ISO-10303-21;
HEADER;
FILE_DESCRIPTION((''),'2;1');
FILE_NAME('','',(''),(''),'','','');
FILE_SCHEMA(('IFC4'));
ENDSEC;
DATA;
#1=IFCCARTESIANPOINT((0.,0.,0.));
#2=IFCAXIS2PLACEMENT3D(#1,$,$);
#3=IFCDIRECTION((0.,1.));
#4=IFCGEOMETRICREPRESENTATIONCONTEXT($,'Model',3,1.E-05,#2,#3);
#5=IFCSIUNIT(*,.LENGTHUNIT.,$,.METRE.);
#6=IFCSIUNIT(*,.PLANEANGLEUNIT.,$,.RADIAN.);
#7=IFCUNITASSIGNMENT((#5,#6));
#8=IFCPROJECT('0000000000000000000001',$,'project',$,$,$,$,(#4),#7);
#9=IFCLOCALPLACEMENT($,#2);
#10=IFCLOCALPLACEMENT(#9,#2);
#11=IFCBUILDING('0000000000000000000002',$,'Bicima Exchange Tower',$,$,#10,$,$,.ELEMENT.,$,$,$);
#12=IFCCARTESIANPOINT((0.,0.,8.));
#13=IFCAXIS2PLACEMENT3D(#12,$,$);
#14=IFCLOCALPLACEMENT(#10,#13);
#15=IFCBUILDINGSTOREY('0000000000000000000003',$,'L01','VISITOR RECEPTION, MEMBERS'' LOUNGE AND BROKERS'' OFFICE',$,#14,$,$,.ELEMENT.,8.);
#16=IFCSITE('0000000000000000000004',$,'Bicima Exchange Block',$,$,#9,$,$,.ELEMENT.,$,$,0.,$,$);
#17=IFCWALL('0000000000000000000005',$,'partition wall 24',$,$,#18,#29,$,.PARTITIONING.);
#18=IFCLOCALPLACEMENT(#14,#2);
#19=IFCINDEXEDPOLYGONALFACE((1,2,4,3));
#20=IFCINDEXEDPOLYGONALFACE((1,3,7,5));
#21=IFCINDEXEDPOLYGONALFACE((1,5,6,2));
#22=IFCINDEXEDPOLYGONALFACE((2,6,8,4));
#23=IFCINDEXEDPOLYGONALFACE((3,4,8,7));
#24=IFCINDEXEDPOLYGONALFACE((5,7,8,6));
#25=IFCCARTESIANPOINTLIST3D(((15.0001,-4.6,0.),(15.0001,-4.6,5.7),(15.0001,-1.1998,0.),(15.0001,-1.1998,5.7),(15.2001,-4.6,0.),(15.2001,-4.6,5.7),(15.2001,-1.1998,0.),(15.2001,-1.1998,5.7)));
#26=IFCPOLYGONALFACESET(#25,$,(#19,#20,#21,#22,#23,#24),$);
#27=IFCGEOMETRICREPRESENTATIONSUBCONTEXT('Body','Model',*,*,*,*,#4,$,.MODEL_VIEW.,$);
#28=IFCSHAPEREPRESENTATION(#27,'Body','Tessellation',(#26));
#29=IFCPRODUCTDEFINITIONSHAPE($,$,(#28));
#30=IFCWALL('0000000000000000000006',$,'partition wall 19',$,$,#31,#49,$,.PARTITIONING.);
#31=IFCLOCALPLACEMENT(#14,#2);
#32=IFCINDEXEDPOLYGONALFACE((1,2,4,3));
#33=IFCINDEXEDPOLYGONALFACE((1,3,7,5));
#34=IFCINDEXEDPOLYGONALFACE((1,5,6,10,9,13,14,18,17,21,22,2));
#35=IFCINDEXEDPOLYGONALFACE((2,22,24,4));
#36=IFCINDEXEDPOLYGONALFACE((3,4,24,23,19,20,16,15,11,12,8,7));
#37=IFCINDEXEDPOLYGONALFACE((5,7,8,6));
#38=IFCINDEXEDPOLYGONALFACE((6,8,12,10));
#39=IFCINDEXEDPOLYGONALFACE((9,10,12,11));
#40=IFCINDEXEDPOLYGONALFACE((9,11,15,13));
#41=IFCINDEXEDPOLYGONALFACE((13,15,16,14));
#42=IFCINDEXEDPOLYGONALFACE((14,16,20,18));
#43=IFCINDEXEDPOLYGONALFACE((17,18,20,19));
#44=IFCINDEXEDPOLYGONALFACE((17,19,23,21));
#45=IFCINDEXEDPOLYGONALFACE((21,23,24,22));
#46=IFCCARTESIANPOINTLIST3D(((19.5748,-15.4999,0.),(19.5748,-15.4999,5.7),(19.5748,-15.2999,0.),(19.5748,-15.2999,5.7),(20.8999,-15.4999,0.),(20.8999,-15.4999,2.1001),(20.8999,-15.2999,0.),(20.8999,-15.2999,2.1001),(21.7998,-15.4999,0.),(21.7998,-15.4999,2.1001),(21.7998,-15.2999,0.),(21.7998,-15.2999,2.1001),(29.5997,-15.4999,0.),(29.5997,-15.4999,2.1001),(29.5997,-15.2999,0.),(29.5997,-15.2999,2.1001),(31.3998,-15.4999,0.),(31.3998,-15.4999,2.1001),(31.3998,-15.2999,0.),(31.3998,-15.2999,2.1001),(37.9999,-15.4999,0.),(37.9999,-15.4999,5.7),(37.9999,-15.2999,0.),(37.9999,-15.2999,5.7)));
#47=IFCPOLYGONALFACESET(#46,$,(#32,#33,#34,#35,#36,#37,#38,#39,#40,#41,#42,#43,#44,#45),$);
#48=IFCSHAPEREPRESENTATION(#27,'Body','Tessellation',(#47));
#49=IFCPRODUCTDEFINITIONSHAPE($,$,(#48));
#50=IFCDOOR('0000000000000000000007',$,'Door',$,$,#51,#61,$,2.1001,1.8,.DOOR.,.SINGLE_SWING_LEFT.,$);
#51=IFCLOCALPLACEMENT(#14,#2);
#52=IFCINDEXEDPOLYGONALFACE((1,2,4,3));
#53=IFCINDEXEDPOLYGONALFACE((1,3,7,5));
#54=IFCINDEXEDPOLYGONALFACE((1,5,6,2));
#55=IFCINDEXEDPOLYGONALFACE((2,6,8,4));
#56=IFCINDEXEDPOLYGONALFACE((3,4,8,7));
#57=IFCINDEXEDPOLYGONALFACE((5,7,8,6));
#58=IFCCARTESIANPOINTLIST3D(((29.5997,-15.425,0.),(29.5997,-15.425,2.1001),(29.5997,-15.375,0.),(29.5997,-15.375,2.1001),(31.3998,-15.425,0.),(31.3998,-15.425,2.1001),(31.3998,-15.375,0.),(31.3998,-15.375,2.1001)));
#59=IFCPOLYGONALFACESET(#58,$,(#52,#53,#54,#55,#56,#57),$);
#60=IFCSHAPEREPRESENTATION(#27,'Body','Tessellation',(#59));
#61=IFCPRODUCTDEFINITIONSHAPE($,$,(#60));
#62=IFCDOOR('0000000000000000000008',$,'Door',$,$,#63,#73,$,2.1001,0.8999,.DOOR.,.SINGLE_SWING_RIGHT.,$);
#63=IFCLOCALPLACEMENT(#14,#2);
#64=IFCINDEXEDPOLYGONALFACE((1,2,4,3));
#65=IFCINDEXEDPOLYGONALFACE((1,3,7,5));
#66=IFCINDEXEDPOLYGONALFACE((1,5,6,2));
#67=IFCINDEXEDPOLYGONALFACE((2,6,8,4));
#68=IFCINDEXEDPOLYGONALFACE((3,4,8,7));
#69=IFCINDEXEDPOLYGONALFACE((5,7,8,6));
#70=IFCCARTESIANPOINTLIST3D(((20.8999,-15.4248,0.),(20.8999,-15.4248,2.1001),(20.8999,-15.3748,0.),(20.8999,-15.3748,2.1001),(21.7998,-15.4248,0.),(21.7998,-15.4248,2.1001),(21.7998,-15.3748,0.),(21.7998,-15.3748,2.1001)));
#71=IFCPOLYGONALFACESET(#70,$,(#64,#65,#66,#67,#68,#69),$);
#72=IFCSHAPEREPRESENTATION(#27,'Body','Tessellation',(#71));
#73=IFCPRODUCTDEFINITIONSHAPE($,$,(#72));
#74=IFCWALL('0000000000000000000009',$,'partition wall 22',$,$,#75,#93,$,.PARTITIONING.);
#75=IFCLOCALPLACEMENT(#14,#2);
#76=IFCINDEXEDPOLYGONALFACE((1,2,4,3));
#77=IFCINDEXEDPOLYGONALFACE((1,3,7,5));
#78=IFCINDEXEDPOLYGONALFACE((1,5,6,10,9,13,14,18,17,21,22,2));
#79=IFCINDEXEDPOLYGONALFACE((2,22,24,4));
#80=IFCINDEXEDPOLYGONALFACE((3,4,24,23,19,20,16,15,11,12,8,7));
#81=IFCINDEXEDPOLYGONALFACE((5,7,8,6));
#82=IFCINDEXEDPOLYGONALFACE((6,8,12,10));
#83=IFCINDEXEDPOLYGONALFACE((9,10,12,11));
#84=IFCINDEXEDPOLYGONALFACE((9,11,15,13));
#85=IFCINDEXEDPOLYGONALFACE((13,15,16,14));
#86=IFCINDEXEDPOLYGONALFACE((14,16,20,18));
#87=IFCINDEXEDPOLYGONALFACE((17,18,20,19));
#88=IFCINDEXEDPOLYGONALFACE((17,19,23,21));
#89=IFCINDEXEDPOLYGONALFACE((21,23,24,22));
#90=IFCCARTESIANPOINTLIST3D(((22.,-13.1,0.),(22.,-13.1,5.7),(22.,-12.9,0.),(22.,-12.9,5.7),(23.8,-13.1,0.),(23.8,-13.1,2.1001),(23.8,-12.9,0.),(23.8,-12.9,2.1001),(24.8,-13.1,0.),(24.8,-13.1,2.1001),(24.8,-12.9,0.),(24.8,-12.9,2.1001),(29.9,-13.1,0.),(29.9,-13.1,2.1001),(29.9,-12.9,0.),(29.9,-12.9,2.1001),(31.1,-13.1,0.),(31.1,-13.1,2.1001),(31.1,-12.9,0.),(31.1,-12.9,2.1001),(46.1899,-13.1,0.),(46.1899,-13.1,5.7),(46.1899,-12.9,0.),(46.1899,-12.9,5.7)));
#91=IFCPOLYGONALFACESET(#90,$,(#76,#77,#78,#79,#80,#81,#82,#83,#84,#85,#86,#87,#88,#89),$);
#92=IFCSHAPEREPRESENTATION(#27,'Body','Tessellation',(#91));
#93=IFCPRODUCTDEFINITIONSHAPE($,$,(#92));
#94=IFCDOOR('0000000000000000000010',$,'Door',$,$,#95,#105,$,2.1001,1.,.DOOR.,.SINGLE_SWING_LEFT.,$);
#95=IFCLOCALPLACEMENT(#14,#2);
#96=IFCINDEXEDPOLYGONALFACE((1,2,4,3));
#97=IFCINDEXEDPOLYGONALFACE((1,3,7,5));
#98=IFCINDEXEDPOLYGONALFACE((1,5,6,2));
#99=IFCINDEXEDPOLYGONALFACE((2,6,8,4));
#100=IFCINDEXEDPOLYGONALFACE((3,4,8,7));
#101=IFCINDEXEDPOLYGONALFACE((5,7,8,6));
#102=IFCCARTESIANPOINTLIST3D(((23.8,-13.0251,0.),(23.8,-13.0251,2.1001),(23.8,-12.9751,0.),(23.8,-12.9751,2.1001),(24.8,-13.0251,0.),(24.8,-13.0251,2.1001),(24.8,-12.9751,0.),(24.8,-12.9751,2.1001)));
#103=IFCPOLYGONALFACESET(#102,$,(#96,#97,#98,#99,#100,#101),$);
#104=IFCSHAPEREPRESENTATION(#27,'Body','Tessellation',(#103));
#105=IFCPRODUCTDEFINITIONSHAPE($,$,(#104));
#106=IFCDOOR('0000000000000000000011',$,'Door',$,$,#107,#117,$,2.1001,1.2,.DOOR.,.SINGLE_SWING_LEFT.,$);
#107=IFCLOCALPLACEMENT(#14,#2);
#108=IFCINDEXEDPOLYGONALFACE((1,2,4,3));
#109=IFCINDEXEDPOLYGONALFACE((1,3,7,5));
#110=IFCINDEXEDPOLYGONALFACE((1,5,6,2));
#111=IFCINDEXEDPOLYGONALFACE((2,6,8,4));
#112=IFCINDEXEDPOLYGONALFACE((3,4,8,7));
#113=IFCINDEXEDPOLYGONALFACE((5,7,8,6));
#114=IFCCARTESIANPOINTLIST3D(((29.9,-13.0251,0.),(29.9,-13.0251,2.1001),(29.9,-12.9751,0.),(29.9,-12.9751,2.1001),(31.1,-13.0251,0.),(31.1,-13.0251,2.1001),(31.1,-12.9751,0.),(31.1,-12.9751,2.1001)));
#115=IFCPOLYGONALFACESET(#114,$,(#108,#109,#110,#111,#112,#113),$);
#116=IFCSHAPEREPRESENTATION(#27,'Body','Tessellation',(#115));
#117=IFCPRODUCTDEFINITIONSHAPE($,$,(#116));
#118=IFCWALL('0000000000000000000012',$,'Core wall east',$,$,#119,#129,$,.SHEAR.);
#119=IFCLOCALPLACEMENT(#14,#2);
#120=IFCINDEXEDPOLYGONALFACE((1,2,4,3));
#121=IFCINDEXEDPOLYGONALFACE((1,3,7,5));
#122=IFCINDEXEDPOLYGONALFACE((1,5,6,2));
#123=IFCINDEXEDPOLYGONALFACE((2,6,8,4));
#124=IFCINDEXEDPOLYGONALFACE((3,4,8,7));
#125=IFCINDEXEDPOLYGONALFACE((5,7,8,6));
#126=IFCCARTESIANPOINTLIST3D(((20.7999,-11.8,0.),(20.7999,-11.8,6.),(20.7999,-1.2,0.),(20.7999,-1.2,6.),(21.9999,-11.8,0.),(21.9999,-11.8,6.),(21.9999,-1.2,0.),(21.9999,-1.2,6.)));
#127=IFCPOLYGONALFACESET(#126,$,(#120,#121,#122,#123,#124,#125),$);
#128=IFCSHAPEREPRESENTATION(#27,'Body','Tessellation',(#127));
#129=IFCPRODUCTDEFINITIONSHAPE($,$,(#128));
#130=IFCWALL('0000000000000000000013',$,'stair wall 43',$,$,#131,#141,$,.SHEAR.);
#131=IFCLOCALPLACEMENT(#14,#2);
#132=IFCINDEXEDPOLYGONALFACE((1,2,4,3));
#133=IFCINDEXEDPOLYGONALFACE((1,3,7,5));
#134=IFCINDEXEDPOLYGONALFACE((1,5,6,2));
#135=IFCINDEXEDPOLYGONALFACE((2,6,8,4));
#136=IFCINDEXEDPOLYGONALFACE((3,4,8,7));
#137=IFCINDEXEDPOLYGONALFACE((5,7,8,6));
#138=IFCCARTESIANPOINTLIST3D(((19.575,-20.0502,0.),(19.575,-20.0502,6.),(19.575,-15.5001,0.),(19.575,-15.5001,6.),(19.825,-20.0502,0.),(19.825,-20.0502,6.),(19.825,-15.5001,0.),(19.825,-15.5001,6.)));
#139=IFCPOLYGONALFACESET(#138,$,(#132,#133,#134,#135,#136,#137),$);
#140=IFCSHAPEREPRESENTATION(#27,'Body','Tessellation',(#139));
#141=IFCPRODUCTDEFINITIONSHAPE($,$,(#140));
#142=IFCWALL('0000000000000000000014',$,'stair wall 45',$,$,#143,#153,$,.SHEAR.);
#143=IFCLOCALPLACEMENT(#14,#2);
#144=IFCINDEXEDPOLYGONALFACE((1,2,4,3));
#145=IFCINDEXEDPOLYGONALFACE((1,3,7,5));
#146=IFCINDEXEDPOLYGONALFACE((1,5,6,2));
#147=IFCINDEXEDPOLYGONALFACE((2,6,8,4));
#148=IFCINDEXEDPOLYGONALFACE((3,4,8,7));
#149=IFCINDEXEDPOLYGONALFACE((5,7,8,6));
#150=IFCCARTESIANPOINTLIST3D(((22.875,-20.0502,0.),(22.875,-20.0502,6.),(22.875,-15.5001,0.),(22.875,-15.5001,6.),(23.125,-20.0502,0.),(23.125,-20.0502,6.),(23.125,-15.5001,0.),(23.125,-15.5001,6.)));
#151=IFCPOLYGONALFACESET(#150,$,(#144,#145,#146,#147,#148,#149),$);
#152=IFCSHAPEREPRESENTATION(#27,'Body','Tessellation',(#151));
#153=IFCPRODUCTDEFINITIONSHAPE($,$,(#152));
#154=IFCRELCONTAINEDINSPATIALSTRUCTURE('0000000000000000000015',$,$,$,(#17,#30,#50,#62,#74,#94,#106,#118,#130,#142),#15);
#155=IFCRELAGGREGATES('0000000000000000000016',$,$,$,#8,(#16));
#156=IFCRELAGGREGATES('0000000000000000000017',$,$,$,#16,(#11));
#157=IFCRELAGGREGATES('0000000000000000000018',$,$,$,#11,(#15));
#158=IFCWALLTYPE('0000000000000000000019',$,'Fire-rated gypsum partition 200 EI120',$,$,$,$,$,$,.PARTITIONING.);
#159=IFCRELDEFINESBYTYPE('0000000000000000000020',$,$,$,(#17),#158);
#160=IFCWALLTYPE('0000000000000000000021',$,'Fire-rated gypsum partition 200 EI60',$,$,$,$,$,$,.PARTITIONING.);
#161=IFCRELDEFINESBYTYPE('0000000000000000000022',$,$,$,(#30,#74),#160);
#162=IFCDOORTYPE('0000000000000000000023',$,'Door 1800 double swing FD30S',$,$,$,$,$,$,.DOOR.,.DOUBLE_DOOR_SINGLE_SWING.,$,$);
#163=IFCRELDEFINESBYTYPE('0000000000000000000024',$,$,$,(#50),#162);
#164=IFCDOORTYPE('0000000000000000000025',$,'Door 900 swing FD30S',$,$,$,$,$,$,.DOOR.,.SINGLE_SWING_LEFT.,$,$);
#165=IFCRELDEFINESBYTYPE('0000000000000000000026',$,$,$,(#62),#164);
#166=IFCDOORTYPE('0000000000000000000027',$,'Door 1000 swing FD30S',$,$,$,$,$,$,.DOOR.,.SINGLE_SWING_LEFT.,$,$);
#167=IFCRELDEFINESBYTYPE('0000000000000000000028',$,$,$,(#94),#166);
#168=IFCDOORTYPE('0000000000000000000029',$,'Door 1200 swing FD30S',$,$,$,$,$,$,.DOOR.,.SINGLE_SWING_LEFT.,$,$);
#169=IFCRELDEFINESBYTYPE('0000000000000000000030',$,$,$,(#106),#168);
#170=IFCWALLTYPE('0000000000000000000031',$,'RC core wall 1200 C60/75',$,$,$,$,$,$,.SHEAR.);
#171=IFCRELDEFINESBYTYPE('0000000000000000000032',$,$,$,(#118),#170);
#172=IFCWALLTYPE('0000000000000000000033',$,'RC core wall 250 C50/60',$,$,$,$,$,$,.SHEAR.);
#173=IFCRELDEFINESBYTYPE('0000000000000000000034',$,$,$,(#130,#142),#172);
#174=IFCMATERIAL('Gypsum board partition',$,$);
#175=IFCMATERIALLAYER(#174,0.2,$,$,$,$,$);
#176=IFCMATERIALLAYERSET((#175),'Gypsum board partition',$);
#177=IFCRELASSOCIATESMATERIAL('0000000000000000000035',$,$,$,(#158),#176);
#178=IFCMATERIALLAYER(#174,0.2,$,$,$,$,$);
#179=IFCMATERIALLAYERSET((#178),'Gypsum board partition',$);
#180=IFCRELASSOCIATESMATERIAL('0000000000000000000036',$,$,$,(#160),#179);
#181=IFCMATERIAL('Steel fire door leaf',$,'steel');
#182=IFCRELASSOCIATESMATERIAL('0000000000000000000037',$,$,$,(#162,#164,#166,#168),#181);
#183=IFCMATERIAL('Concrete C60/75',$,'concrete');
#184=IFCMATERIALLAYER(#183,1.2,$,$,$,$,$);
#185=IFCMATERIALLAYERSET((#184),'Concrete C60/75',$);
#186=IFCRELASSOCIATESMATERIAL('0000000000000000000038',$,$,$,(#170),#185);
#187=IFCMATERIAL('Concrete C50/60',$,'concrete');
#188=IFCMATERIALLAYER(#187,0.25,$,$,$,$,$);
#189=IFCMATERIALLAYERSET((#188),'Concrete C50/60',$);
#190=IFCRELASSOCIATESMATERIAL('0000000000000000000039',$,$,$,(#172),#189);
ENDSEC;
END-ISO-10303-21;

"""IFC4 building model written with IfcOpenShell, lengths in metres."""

from ifc_helpers import new_model, si_unit, direction, frame, frame_2d, origin, place, context, subcontext, project, spatial, rectangle, extrude, material, layer, layer_set, type_object, element, fill, save


model = new_model("IFC4")

# Units and contexts
model_context = context("Model", 3, precision=1e-05, world=origin(), true_north=direction((0.0, 1.0)))
body_context = subcontext(model_context, "Body", "Model", "MODEL_VIEW")
ifc_project = project(units=[si_unit("LENGTHUNIT", "METRE"), si_unit("PLANEANGLEUNIT", "RADIAN")], contexts=[model_context])

# Site, building, storey
site_placement = place(None, origin())
site = spatial("IfcSite", under=ifc_project, at=site_placement, Name="Bicima Exchange Block", CompositionType="ELEMENT", RefElevation=0.0)
building_placement = place(site_placement, origin())
building = spatial("IfcBuilding", under=site, at=building_placement, Name="Bicima Exchange Tower", CompositionType="ELEMENT")
storey_placement = place(building_placement, frame((0.0, 0.0, 8.0)))
storey = spatial("IfcBuildingStorey", under=building, at=storey_placement, Name="L01", Description="VISITOR RECEPTION, MEMBERS' LOUNGE AND BROKERS' OFFICE", CompositionType="ELEMENT", Elevation=8.0)

# Wall
ifc_material_1 = material(Name="Gypsum board partition")
ifc_layer_1 = layer(ifc_material_1, 0.2)
ifc_layer_set_1 = layer_set([ifc_layer_1], Name="Gypsum board partition")
wall_type_1 = type_object("IfcWallType", Name="Fire-rated gypsum partition 200 EI120", PredefinedType="PARTITIONING", material=ifc_layer_set_1)
wall_1_placement = place(storey_placement, frame((15.1001, -4.6001, 0.0), z_axis=(0.0, 0.0, 1.0), x_axis=(0.0, 1.0, 0.0)))
element("IfcWall", 1, at=wall_1_placement, inside=storey, type_object=wall_type_1, Name="partition wall 24", PredefinedType="PARTITIONING", context=body_context, shape_type="SweptSolid", body=[
    extrude(rectangle(XDim=3.4001, YDim=0.2, at=frame_2d((1.7002, 0.0))), origin(), (0.0, 0.0, 1.0), 5.7),
])

# Walls, openings, doors
ifc_layer_2 = layer(ifc_material_1, 0.2)
ifc_layer_set_2 = layer_set([ifc_layer_2], Name="Gypsum board partition")
wall_type_2 = type_object("IfcWallType", Name="Fire-rated gypsum partition 200 EI60", PredefinedType="PARTITIONING", material=ifc_layer_set_2)
wall_2_placement = place(storey_placement, frame((19.575, -15.3999, 0.0), z_axis=(0.0, 0.0, 1.0), x_axis=(1.0, 0.0, 0.0)))
wall_2 = element("IfcWall", 2, at=wall_2_placement, inside=storey, type_object=wall_type_2, Name="partition wall 19", PredefinedType="PARTITIONING", context=body_context, shape_type="SweptSolid", body=[
    extrude(rectangle(XDim=18.425, YDim=0.2, at=frame_2d((9.2124, 0.0))), origin(), (0.0, 0.0, 1.0), 5.7),
])
opening_1_placement = place(wall_2_placement, frame((1.325, 0.0, 0.0)))
opening_1 = element("IfcOpeningElement", 3, at=opening_1_placement, cuts=wall_2, PredefinedType="OPENING", context=body_context, shape_type="SweptSolid", body=[
    extrude(rectangle(XDim=0.8999, YDim=2.1001, at=frame_2d((0.45, 1.05))), frame((0.0, 0.1118, 0.0), z_axis=(0.0, -1.0, 0.0), x_axis=(1.0, 0.0, 0.0)), (0.0, 0.0, 1.0), 0.2239),
])
opening_2_placement = place(wall_2_placement, frame((10.0249, 0.0, 0.0)))
opening_2 = element("IfcOpeningElement", 4, at=opening_2_placement, cuts=wall_2, PredefinedType="OPENING", context=body_context, shape_type="SweptSolid", body=[
    extrude(rectangle(XDim=1.8, YDim=2.1001, at=frame_2d((0.8999, 1.05))), frame((0.0, 0.1118, 0.0), z_axis=(0.0, -1.0, 0.0), x_axis=(1.0, 0.0, 0.0)), (0.0, 0.0, 1.0), 0.2239),
])
ifc_material_2 = material(Name="Steel fire door leaf", Category="steel")
door_type_1 = type_object("IfcDoorType", Name="Door 1800 double swing FD30S", OperationType="DOUBLE_DOOR_SINGLE_SWING", PredefinedType="DOOR", material=ifc_material_2)
door_1_placement = place(opening_2_placement, origin())
door_1 = element("IfcDoor", 5, at=door_1_placement, inside=storey, type_object=door_type_1, Name="Door", OperationType="SINGLE_SWING_LEFT", OverallHeight=2.1001, OverallWidth=1.8, PredefinedType="DOOR", context=body_context, shape_type="SweptSolid", body=[
    extrude(rectangle(XDim=1.8, YDim=2.1001, at=frame_2d((0.8999, 1.05))), frame((0.0, 0.0249, 0.0), z_axis=(0.0, -1.0, 0.0), x_axis=(1.0, 0.0, 0.0)), (0.0, 0.0, 1.0), 0.05),
])
fill(opening_2, door_1)
door_type_2 = type_object("IfcDoorType", Name="Door 900 swing FD30S", OperationType="SINGLE_SWING_LEFT", PredefinedType="DOOR", material=ifc_material_2)
door_2_placement = place(opening_1_placement, frame((0.8999, 0.0, 0.0), z_axis=(0.0, 0.0, 1.0), x_axis=(-1.0, 0.0, 0.0)))
door_2 = element("IfcDoor", 6, at=door_2_placement, inside=storey, type_object=door_type_2, Name="Door", OperationType="SINGLE_SWING_RIGHT", OverallHeight=2.1001, OverallWidth=0.8999, PredefinedType="DOOR", context=body_context, shape_type="SweptSolid", body=[
    extrude(rectangle(XDim=0.8999, YDim=2.1001, at=frame_2d((0.45, 1.05))), frame((0.0, 0.0249, 0.0), z_axis=(0.0, -1.0, 0.0), x_axis=(1.0, 0.0, 0.0)), (0.0, 0.0, 1.0), 0.05),
])
fill(opening_1, door_2)
wall_3_placement = place(storey_placement, frame((22.0, -13.0, 0.0), z_axis=(0.0, 0.0, 1.0), x_axis=(1.0, 0.0, 0.0)))
wall_3 = element("IfcWall", 7, at=wall_3_placement, inside=storey, type_object=wall_type_2, Name="partition wall 22", PredefinedType="PARTITIONING", context=body_context, shape_type="SweptSolid", body=[
    extrude(rectangle(XDim=24.1899, YDim=0.2, at=frame_2d((12.095, 0.0))), origin(), (0.0, 0.0, 1.0), 5.7),
])
opening_3_placement = place(wall_3_placement, frame((7.8999, 0.0, 0.0)))
opening_3 = element("IfcOpeningElement", 8, at=opening_3_placement, cuts=wall_3, PredefinedType="OPENING", context=body_context, shape_type="SweptSolid", body=[
    extrude(rectangle(XDim=1.2, YDim=2.1001, at=frame_2d((0.6001, 1.05))), frame((0.0, 0.1118, 0.0), z_axis=(0.0, -1.0, 0.0), x_axis=(1.0, 0.0, 0.0)), (0.0, 0.0, 1.0), 0.2239),
])
opening_4_placement = place(wall_3_placement, frame((1.8, 0.0, 0.0)))
opening_4 = element("IfcOpeningElement", 9, at=opening_4_placement, cuts=wall_3, PredefinedType="OPENING", context=body_context, shape_type="SweptSolid", body=[
    extrude(rectangle(XDim=1.0, YDim=2.1001, at=frame_2d((0.5, 1.05))), frame((0.0, 0.1118, 0.0), z_axis=(0.0, -1.0, 0.0), x_axis=(1.0, 0.0, 0.0)), (0.0, 0.0, 1.0), 0.2239),
])
door_type_3 = type_object("IfcDoorType", Name="Door 1000 swing FD30S", OperationType="SINGLE_SWING_LEFT", PredefinedType="DOOR", material=ifc_material_2)
door_3_placement = place(opening_4_placement, origin())
door_3 = element("IfcDoor", 10, at=door_3_placement, inside=storey, type_object=door_type_3, Name="Door", OperationType="SINGLE_SWING_LEFT", OverallHeight=2.1001, OverallWidth=1.0, PredefinedType="DOOR", context=body_context, shape_type="SweptSolid", body=[
    extrude(rectangle(XDim=1.0, YDim=2.1001, at=frame_2d((0.5, 1.05))), frame((0.0, 0.0249, 0.0), z_axis=(0.0, -1.0, 0.0), x_axis=(1.0, 0.0, 0.0)), (0.0, 0.0, 1.0), 0.05),
])
fill(opening_4, door_3)
door_type_4 = type_object("IfcDoorType", Name="Door 1200 swing FD30S", OperationType="SINGLE_SWING_LEFT", PredefinedType="DOOR", material=ifc_material_2)
door_4_placement = place(opening_3_placement, origin())
door_4 = element("IfcDoor", 11, at=door_4_placement, inside=storey, type_object=door_type_4, Name="Door", OperationType="SINGLE_SWING_LEFT", OverallHeight=2.1001, OverallWidth=1.2, PredefinedType="DOOR", context=body_context, shape_type="SweptSolid", body=[
    extrude(rectangle(XDim=1.2, YDim=2.1001, at=frame_2d((0.6001, 1.05))), frame((0.0, 0.0249, 0.0), z_axis=(0.0, -1.0, 0.0), x_axis=(1.0, 0.0, 0.0)), (0.0, 0.0, 1.0), 0.05),
])
fill(opening_3, door_4)

# Walls
ifc_material_3 = material(Name="Concrete C60/75", Category="concrete")
ifc_layer_3 = layer(ifc_material_3, 1.2)
ifc_layer_set_3 = layer_set([ifc_layer_3], Name="Concrete C60/75")
wall_type_3 = type_object("IfcWallType", Name="RC core wall 1200 C60/75", PredefinedType="SHEAR", material=ifc_layer_set_3)
wall_4_placement = place(storey_placement, frame((21.3999, -11.8, 0.0), z_axis=(0.0, 0.0, 1.0), x_axis=(0.0, 1.0, 0.0)))
element("IfcWall", 12, at=wall_4_placement, inside=storey, type_object=wall_type_3, Name="Core wall east", PredefinedType="SHEAR", context=body_context, shape_type="SweptSolid", body=[
    extrude(rectangle(XDim=10.6001, YDim=1.2, at=frame_2d((5.3, 0.0))), origin(), (0.0, 0.0, 1.0), 6.0),
])
ifc_material_4 = material(Name="Concrete C50/60", Category="concrete")
ifc_layer_4 = layer(ifc_material_4, 0.25)
ifc_layer_set_4 = layer_set([ifc_layer_4], Name="Concrete C50/60")
wall_type_4 = type_object("IfcWallType", Name="RC core wall 250 C50/60", PredefinedType="SHEAR", material=ifc_layer_set_4)
for number, where, z_axis, x_axis, name in (
    (13, (19.7, -20.05, 0.0), (0.0, 0.0, 1.0), (0.0, 1.0, 0.0), "stair wall 43"),
    (14, (23.0, -20.05, 0.0), (0.0, 0.0, 1.0), (0.0, 1.0, 0.0), "stair wall 45"),
):
    element("IfcWall", number, at=place(storey_placement, frame(where, z_axis=z_axis, x_axis=x_axis)), inside=storey, type_object=wall_type_4, Name=name, PredefinedType="SHEAR", context=body_context, shape_type="SweptSolid", body=[
        extrude(rectangle(XDim=4.55, YDim=0.25, at=frame_2d((2.2749, 0.0))), origin(), (0.0, 0.0, 1.0), 6.0),
    ])

save(model, "model.ifc")
